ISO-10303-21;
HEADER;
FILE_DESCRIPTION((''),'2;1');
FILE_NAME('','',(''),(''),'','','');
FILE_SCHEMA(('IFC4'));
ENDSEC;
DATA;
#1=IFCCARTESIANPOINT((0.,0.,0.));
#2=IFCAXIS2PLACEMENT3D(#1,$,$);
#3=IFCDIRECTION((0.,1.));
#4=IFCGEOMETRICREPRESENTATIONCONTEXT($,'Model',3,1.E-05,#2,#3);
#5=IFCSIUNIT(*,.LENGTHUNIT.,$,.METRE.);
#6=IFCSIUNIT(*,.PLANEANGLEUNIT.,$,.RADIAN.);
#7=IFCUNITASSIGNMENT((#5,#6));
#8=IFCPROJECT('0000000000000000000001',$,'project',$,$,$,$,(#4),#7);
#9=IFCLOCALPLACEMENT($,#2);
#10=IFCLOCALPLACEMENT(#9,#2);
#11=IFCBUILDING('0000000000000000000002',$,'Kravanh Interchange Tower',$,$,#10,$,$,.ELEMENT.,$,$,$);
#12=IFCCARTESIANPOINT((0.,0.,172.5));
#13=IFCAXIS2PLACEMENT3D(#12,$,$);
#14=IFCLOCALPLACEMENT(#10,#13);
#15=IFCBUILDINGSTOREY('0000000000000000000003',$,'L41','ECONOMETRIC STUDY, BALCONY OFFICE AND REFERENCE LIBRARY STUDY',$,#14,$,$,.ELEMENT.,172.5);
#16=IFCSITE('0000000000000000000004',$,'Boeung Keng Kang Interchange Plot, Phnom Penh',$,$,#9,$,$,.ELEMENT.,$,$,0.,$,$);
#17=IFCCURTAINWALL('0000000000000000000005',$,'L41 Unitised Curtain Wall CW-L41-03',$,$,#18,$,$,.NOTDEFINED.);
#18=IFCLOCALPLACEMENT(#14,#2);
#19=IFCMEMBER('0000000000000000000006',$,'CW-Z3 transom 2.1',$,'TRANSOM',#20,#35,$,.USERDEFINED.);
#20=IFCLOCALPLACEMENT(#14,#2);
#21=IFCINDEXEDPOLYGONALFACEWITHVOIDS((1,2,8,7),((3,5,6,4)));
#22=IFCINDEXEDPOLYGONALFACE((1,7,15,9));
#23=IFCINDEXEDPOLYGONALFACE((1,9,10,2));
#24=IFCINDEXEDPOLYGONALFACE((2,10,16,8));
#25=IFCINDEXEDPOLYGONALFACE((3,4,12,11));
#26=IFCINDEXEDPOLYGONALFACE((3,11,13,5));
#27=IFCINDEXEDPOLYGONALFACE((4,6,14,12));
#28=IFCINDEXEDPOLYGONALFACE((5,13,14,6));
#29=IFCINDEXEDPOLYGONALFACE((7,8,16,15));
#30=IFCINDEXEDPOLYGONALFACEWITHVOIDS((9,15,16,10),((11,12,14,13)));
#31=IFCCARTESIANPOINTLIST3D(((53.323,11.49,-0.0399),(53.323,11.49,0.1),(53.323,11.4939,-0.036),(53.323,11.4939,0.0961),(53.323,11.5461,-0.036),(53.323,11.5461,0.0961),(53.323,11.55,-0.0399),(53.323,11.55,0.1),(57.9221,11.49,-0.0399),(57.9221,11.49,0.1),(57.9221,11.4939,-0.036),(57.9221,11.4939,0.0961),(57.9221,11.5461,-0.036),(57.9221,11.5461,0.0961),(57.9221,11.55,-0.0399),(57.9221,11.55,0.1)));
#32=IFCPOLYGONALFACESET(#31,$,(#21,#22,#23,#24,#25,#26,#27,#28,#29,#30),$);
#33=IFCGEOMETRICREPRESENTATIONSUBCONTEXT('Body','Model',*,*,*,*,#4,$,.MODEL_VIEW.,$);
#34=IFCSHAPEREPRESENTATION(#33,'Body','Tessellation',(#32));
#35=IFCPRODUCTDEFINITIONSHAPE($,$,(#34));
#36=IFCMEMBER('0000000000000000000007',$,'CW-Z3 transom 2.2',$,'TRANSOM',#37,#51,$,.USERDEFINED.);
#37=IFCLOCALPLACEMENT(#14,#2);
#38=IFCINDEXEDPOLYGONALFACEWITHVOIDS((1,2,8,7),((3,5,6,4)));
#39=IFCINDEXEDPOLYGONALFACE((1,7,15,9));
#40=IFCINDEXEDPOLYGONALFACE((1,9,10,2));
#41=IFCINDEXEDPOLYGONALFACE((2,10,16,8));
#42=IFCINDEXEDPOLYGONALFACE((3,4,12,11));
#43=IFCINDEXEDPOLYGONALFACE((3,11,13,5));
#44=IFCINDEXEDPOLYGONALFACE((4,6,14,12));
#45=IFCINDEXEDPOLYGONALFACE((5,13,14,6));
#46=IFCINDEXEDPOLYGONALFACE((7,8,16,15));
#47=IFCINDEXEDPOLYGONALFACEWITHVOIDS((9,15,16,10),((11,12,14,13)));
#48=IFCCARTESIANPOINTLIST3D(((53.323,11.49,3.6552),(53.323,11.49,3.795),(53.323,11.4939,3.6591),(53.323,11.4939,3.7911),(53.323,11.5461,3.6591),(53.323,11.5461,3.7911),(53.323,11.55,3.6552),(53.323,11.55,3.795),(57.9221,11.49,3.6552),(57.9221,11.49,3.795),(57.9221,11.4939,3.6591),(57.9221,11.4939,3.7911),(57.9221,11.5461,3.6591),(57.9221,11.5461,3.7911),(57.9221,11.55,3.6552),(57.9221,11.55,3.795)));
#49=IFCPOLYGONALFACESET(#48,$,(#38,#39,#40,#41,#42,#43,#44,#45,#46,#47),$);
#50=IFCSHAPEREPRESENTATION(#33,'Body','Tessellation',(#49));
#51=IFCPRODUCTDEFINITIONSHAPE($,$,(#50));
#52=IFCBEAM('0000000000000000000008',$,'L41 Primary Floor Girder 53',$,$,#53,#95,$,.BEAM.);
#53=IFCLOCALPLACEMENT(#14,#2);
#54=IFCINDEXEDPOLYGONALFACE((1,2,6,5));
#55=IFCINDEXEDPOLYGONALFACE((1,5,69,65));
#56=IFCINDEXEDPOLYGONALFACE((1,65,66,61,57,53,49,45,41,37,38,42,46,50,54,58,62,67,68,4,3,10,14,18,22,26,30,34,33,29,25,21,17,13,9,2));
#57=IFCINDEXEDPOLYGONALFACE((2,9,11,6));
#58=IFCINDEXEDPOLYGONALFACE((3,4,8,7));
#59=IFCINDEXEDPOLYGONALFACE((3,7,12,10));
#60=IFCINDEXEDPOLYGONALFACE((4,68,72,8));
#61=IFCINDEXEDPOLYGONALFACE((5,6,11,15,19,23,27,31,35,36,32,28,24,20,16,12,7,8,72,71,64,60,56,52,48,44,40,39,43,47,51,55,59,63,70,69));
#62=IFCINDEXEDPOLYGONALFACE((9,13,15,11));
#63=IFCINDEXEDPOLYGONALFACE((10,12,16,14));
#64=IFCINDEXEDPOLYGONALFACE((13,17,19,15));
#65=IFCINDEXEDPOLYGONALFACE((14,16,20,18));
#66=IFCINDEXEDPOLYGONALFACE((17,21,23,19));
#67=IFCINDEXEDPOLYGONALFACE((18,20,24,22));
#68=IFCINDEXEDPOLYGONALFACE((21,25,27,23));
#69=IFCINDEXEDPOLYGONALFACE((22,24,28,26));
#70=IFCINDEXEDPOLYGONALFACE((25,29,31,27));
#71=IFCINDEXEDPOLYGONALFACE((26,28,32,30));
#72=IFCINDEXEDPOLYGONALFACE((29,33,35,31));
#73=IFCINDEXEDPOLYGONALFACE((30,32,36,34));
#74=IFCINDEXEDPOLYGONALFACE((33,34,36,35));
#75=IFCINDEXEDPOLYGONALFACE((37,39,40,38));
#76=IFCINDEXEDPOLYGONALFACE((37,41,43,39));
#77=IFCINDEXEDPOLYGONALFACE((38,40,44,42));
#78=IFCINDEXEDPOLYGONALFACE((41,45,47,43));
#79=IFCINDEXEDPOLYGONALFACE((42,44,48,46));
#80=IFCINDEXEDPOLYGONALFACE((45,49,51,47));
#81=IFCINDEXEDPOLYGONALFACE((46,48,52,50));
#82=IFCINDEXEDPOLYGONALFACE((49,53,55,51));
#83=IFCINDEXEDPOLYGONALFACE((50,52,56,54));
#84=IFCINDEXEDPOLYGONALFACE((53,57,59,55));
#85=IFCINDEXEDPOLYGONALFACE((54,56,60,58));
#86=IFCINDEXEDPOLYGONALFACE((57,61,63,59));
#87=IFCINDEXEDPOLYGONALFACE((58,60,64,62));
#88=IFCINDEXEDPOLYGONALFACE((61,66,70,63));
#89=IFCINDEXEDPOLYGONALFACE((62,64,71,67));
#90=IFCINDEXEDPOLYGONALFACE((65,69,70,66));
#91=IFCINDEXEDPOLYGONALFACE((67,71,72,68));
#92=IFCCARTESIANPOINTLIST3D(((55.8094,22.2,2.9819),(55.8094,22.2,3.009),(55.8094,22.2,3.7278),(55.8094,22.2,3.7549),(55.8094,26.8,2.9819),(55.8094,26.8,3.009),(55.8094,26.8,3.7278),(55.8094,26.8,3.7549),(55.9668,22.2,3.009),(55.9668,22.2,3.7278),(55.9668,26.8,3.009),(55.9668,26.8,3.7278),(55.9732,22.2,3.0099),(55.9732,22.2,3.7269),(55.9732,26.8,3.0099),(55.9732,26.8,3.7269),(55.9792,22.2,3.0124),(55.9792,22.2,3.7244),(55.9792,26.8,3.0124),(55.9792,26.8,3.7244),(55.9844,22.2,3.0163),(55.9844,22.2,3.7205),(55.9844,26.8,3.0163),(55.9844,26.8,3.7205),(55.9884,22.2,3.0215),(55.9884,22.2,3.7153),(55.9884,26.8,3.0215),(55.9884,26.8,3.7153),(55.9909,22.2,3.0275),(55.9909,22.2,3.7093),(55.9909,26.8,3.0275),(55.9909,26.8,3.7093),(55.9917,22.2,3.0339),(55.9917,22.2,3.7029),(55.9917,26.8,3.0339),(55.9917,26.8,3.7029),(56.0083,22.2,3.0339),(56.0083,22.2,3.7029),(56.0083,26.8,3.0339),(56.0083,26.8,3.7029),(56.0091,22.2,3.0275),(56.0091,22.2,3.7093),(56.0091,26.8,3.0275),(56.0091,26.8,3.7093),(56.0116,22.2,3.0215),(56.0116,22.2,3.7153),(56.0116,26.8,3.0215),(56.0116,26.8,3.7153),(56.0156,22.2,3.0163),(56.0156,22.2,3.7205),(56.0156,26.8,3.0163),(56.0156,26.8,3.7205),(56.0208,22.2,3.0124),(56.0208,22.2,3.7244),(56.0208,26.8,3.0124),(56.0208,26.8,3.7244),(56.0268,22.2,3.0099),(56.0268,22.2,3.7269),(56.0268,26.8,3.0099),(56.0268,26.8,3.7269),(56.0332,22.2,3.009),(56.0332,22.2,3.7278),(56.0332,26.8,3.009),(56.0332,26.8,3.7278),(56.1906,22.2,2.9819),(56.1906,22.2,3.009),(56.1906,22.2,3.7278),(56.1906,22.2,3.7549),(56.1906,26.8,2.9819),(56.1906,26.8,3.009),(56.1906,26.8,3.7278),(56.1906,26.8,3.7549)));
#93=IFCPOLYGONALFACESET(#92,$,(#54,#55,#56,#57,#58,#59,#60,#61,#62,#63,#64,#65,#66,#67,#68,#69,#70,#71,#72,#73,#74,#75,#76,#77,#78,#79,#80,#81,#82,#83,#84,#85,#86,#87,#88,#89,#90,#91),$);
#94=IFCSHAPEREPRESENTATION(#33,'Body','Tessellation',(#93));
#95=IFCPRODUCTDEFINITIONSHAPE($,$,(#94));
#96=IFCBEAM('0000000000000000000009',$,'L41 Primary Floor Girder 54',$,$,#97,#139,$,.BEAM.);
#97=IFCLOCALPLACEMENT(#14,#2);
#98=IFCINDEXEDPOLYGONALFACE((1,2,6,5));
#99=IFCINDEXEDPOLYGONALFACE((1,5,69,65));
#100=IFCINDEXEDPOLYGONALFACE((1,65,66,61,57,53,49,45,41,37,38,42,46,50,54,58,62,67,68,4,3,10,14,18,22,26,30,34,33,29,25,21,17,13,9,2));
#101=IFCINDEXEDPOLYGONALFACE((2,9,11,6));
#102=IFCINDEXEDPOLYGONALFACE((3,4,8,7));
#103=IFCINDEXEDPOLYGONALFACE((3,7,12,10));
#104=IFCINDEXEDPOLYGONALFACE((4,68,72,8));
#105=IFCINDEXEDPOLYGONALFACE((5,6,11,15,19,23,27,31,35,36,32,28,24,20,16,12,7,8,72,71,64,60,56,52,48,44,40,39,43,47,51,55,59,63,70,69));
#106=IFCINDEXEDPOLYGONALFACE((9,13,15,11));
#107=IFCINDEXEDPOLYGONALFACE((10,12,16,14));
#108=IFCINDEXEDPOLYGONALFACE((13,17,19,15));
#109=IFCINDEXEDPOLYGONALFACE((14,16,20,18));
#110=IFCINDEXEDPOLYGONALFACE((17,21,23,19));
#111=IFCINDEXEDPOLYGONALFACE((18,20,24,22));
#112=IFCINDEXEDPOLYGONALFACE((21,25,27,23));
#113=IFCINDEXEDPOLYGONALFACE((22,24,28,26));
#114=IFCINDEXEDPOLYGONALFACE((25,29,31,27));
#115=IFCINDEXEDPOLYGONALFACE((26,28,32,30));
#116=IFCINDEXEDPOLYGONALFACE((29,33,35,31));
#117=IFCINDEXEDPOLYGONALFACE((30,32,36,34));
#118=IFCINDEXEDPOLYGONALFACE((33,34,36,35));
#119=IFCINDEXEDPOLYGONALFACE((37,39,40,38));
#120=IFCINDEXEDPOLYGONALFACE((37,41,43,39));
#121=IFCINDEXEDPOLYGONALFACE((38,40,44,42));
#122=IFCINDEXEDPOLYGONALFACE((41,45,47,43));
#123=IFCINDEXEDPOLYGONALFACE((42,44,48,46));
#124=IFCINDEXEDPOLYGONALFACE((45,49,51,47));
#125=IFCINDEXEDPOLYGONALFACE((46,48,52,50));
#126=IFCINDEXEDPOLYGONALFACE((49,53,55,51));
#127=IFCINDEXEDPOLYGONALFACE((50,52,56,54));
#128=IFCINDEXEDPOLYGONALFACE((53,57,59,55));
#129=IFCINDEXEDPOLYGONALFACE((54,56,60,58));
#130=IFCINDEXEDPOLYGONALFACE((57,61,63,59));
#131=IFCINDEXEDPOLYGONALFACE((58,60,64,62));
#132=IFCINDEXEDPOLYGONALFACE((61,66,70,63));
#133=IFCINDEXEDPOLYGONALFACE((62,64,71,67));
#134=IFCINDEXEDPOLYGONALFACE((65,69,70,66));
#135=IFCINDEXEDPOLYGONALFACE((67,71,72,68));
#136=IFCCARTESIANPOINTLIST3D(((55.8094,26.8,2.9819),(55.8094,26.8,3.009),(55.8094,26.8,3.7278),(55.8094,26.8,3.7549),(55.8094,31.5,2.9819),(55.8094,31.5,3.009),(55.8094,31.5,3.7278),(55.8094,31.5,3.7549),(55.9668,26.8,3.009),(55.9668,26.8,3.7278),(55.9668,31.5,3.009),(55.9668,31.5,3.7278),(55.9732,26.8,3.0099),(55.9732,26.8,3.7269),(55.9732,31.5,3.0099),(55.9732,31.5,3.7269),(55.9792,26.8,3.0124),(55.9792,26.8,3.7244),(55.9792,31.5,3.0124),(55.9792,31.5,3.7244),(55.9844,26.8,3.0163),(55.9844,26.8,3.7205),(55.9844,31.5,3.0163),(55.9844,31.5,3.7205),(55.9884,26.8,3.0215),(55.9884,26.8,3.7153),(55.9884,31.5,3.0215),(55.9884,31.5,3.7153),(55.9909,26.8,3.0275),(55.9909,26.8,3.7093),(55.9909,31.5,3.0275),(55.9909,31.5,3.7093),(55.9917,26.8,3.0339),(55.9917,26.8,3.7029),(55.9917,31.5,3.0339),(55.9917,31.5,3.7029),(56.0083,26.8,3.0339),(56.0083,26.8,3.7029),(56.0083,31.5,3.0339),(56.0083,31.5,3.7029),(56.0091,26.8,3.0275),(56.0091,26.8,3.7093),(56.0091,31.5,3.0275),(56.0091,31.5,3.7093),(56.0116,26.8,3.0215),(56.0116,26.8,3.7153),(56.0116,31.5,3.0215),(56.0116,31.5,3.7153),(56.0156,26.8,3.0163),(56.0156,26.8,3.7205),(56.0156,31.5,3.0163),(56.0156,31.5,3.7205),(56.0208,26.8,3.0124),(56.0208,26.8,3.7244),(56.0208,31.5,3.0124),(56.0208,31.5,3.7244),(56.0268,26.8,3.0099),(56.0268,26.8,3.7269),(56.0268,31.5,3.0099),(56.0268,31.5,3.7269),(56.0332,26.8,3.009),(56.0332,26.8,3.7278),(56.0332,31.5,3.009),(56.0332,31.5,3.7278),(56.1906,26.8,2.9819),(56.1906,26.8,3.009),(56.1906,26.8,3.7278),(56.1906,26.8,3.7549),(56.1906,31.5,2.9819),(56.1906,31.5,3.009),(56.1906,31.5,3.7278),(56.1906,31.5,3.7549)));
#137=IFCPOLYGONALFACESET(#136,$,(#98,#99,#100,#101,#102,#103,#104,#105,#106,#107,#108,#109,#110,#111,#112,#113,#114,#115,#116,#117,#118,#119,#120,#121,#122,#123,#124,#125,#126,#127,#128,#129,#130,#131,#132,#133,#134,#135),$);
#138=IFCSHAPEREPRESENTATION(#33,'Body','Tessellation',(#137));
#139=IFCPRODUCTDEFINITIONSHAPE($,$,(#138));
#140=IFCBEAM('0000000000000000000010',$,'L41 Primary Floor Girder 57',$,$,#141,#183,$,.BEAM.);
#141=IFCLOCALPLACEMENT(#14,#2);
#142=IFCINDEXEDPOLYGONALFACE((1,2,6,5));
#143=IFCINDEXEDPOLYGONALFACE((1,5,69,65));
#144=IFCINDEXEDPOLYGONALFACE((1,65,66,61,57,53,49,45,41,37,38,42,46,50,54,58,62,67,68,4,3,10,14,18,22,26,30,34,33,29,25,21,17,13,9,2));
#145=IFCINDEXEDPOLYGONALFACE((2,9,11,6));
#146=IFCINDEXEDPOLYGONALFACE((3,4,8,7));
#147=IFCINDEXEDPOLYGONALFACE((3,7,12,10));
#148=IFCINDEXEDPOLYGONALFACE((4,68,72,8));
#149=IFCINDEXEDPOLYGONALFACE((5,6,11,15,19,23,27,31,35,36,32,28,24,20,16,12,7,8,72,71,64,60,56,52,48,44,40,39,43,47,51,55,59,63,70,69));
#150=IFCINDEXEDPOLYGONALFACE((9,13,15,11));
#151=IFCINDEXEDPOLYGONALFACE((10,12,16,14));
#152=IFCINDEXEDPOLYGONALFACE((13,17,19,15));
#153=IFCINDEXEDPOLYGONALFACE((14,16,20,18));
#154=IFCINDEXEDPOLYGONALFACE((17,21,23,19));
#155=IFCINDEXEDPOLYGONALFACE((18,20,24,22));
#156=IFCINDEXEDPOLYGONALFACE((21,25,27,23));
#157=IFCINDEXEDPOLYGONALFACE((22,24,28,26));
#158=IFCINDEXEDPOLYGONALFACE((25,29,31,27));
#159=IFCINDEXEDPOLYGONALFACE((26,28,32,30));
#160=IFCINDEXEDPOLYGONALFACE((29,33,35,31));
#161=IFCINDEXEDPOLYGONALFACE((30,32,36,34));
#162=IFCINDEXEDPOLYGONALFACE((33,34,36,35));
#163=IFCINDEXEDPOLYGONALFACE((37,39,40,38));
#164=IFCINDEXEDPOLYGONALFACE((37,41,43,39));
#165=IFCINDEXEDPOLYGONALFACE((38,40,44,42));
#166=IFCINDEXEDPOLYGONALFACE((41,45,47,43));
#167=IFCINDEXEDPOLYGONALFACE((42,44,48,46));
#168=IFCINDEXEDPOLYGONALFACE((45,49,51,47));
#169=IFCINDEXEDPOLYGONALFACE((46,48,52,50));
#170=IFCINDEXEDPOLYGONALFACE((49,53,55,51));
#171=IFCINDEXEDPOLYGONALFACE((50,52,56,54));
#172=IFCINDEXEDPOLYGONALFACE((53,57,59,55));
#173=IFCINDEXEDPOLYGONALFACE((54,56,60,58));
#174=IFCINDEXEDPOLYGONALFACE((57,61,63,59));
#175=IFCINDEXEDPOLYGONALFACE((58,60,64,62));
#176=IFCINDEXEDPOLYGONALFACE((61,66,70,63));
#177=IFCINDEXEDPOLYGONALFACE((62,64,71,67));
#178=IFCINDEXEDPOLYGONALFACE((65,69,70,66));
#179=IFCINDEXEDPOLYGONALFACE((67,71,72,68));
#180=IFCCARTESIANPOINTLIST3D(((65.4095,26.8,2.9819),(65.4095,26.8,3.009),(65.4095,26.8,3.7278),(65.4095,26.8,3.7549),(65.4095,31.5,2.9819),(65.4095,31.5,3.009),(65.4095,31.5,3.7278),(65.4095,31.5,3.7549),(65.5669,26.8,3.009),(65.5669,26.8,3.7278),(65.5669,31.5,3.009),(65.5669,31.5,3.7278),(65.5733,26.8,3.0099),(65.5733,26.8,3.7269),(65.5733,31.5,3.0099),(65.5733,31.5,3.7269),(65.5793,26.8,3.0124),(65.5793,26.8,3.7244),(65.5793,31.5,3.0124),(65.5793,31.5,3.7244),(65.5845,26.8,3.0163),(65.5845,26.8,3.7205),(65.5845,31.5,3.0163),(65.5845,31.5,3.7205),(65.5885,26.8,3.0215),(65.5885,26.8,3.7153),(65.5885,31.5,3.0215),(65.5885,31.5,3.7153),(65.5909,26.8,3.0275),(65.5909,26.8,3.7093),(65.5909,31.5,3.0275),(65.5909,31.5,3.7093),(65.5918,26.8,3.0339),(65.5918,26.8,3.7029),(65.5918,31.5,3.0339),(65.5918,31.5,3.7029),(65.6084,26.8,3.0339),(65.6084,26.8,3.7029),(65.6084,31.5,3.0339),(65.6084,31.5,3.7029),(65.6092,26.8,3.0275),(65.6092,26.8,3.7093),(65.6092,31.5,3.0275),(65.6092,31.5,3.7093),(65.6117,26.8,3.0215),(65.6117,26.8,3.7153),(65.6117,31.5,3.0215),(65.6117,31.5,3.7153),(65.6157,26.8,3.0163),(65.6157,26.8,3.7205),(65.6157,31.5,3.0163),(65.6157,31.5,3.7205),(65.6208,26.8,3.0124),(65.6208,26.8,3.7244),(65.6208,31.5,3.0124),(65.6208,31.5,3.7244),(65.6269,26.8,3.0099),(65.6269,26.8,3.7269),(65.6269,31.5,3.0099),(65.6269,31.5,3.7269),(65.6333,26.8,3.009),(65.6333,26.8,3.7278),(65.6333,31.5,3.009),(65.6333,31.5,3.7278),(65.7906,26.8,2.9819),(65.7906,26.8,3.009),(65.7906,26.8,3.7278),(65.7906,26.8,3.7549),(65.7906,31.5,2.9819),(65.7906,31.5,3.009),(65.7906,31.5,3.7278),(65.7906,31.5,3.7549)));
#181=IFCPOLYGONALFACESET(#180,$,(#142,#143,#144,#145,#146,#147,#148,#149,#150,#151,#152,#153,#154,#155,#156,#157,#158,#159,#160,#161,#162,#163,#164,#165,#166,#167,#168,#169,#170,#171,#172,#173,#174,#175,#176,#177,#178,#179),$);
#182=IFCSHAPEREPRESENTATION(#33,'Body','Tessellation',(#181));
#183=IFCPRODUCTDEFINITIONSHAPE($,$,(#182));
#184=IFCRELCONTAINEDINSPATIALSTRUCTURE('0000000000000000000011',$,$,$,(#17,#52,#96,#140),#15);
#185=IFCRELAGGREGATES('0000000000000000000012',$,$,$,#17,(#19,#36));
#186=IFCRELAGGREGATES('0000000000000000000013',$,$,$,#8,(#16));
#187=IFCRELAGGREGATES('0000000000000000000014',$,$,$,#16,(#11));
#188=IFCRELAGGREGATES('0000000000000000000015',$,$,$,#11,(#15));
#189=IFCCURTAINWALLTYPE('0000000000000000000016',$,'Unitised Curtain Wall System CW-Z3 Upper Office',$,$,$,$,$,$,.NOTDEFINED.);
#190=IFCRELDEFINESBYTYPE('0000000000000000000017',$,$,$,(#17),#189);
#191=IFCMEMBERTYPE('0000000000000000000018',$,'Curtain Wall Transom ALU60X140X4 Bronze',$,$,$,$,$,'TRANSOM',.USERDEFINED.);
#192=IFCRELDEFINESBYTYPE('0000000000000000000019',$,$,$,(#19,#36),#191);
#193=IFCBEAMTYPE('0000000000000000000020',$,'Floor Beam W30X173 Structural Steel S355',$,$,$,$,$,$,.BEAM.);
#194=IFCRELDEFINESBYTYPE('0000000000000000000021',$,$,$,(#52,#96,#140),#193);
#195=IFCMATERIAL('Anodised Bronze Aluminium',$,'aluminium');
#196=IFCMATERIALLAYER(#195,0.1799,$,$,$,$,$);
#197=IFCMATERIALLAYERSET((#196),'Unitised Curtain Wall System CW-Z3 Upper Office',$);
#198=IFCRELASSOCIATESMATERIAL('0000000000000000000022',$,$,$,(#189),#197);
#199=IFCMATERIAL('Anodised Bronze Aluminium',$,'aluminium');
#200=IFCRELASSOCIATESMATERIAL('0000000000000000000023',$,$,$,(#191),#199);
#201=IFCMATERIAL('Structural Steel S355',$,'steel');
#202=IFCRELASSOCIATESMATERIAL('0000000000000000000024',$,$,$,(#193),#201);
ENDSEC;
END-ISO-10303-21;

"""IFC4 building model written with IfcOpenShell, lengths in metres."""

from ifc_helpers import new_model, si_unit, direction, frame, origin, origin_2d, place, context, subcontext, project, spatial, hollow_rectangle, i_section, extrude, material, layer, layer_set, material_profile, profile_set, type_object, element, aggregate, save


model = new_model("IFC4")

# Units and contexts
model_context = context("Model", 3, precision=1e-05, world=origin(), true_north=direction((0.0, 1.0)))
body_context = subcontext(model_context, "Body", "Model", "MODEL_VIEW")
ifc_project = project(units=[si_unit("LENGTHUNIT", "METRE"), si_unit("PLANEANGLEUNIT", "RADIAN")], contexts=[model_context])

# Site, building, storey
site_placement = place(None, origin())
site = spatial("IfcSite", under=ifc_project, at=site_placement, Name="Boeung Keng Kang Interchange Plot, Phnom Penh", CompositionType="ELEMENT", RefElevation=0.0)
building_placement = place(site_placement, origin())
building = spatial("IfcBuilding", under=site, at=building_placement, Name="Kravanh Interchange Tower", CompositionType="ELEMENT")
storey_placement = place(building_placement, frame((0.0, 0.0, 172.5)))
storey = spatial("IfcBuildingStorey", under=building, at=storey_placement, Name="L41", Description="ECONOMETRIC STUDY, BALCONY OFFICE AND REFERENCE LIBRARY STUDY", CompositionType="ELEMENT", Elevation=172.5)

# Curtain wall
ifc_material_1 = material(Name="Anodised Bronze Aluminium", Category="aluminium")
ifc_layer_1 = layer(ifc_material_1, 0.1799)
ifc_layer_set_1 = layer_set([ifc_layer_1], Name="Unitised Curtain Wall System CW-Z3 Upper Office")
curtain_wall_type = type_object("IfcCurtainWallType", Name="Unitised Curtain Wall System CW-Z3 Upper Office", PredefinedType="NOTDEFINED", material=ifc_layer_set_1)
curtain_wall_1_placement = place(storey_placement, origin())
curtain_wall_1 = element("IfcCurtainWall", 1, at=curtain_wall_1_placement, inside=storey, type_object=curtain_wall_type, Name="L41 Unitised Curtain Wall CW-L41-03", PredefinedType="NOTDEFINED")

# Members
ifc_material_2 = material(Name="Anodised Bronze Aluminium", Category="aluminium")
ifc_material_profile_1 = material_profile(ifc_material_2, hollow_rectangle(XDim=0.0601, YDim=0.1399, WallThickness=0.0039, at=origin_2d()), Name="ALU60X140X4")
ifc_profile_set_1 = profile_set([ifc_material_profile_1], Name="Anodised Bronze Aluminium")
member_type_1 = type_object("IfcMemberType", Name="Curtain Wall Transom ALU60X140X4 Bronze", ElementType="TRANSOM", PredefinedType="USERDEFINED", material=ifc_profile_set_1)
member_1_placement = place(storey_placement, frame((57.9221, 11.52, 0.03), z_axis=(-1.0, 0.0, 0.0), x_axis=(0.0, -1.0, 0.0)))
member_1 = element("IfcMember", 2, at=member_1_placement, type_object=member_type_1, Name="CW-Z3 transom 2.1", ObjectType="TRANSOM", PredefinedType="USERDEFINED", context=body_context, shape_type="SweptSolid", body=[
    extrude(hollow_rectangle(XDim=0.0601, YDim=0.1399, WallThickness=0.0039, at=origin_2d()), origin(), (0.0, 0.0, 1.0), 4.5991),
])
member_2_placement = place(storey_placement, frame((57.9221, 11.52, 3.7251), z_axis=(-1.0, 0.0, 0.0), x_axis=(0.0, -1.0, 0.0)))
member_2 = element("IfcMember", 3, at=member_2_placement, type_object=member_type_1, Name="CW-Z3 transom 2.2", ObjectType="TRANSOM", PredefinedType="USERDEFINED", context=body_context, shape_type="SweptSolid", body=[
    extrude(hollow_rectangle(XDim=0.0601, YDim=0.1399, WallThickness=0.0039, at=origin_2d()), origin(), (0.0, 0.0, 1.0), 4.5991),
])

# Beams
ifc_material_3 = material(Name="Structural Steel S355", Category="steel")
ifc_material_profile_2 = material_profile(ifc_material_3, i_section(OverallWidth=0.3811, OverallDepth=0.7729, WebThickness=0.0166, FlangeThickness=0.0271, FilletRadius=0.0249, at=origin_2d()), Name="W30X173")
ifc_profile_set_2 = profile_set([ifc_material_profile_2], Name="Structural Steel S355")
beam_type_1 = type_object("IfcBeamType", Name="Floor Beam W30X173 Structural Steel S355", PredefinedType="BEAM", material=ifc_profile_set_2)
beam_1_placement = place(storey_placement, frame((56.0, 26.8, 3.3684), z_axis=(0.0, -1.0, 0.0), x_axis=(1.0, 0.0, 0.0)))
element("IfcBeam", 4, at=beam_1_placement, inside=storey, type_object=beam_type_1, Name="L41 Primary Floor Girder 53", PredefinedType="BEAM", context=body_context, shape_type="SweptSolid", body=[
    extrude(i_section(OverallWidth=0.3811, OverallDepth=0.7729, WebThickness=0.0166, FlangeThickness=0.0271, FilletRadius=0.0249, at=origin_2d()), origin(), (0.0, 0.0, 1.0), 4.6001),
])
for number, where, z_axis, x_axis, name in (
    (5, (56.0, 26.8, 3.3684), (0.0, 1.0, 0.0), (-1.0, 0.0, 0.0), "L41 Primary Floor Girder 54"),
    (6, (65.6001, 26.8, 3.3684), (0.0, 1.0, 0.0), (-1.0, 0.0, 0.0), "L41 Primary Floor Girder 57"),
):
    element("IfcBeam", number, at=place(storey_placement, frame(where, z_axis=z_axis, x_axis=x_axis)), inside=storey, type_object=beam_type_1, Name=name, PredefinedType="BEAM", context=body_context, shape_type="SweptSolid", body=[
        extrude(i_section(OverallWidth=0.3811, OverallDepth=0.7729, WebThickness=0.0166, FlangeThickness=0.0271, FilletRadius=0.0249, at=origin_2d()), origin(), (0.0, 0.0, 1.0), 4.7),
    ])

aggregate(curtain_wall_1, [member_1, member_2])

save(model, "model.ifc")
